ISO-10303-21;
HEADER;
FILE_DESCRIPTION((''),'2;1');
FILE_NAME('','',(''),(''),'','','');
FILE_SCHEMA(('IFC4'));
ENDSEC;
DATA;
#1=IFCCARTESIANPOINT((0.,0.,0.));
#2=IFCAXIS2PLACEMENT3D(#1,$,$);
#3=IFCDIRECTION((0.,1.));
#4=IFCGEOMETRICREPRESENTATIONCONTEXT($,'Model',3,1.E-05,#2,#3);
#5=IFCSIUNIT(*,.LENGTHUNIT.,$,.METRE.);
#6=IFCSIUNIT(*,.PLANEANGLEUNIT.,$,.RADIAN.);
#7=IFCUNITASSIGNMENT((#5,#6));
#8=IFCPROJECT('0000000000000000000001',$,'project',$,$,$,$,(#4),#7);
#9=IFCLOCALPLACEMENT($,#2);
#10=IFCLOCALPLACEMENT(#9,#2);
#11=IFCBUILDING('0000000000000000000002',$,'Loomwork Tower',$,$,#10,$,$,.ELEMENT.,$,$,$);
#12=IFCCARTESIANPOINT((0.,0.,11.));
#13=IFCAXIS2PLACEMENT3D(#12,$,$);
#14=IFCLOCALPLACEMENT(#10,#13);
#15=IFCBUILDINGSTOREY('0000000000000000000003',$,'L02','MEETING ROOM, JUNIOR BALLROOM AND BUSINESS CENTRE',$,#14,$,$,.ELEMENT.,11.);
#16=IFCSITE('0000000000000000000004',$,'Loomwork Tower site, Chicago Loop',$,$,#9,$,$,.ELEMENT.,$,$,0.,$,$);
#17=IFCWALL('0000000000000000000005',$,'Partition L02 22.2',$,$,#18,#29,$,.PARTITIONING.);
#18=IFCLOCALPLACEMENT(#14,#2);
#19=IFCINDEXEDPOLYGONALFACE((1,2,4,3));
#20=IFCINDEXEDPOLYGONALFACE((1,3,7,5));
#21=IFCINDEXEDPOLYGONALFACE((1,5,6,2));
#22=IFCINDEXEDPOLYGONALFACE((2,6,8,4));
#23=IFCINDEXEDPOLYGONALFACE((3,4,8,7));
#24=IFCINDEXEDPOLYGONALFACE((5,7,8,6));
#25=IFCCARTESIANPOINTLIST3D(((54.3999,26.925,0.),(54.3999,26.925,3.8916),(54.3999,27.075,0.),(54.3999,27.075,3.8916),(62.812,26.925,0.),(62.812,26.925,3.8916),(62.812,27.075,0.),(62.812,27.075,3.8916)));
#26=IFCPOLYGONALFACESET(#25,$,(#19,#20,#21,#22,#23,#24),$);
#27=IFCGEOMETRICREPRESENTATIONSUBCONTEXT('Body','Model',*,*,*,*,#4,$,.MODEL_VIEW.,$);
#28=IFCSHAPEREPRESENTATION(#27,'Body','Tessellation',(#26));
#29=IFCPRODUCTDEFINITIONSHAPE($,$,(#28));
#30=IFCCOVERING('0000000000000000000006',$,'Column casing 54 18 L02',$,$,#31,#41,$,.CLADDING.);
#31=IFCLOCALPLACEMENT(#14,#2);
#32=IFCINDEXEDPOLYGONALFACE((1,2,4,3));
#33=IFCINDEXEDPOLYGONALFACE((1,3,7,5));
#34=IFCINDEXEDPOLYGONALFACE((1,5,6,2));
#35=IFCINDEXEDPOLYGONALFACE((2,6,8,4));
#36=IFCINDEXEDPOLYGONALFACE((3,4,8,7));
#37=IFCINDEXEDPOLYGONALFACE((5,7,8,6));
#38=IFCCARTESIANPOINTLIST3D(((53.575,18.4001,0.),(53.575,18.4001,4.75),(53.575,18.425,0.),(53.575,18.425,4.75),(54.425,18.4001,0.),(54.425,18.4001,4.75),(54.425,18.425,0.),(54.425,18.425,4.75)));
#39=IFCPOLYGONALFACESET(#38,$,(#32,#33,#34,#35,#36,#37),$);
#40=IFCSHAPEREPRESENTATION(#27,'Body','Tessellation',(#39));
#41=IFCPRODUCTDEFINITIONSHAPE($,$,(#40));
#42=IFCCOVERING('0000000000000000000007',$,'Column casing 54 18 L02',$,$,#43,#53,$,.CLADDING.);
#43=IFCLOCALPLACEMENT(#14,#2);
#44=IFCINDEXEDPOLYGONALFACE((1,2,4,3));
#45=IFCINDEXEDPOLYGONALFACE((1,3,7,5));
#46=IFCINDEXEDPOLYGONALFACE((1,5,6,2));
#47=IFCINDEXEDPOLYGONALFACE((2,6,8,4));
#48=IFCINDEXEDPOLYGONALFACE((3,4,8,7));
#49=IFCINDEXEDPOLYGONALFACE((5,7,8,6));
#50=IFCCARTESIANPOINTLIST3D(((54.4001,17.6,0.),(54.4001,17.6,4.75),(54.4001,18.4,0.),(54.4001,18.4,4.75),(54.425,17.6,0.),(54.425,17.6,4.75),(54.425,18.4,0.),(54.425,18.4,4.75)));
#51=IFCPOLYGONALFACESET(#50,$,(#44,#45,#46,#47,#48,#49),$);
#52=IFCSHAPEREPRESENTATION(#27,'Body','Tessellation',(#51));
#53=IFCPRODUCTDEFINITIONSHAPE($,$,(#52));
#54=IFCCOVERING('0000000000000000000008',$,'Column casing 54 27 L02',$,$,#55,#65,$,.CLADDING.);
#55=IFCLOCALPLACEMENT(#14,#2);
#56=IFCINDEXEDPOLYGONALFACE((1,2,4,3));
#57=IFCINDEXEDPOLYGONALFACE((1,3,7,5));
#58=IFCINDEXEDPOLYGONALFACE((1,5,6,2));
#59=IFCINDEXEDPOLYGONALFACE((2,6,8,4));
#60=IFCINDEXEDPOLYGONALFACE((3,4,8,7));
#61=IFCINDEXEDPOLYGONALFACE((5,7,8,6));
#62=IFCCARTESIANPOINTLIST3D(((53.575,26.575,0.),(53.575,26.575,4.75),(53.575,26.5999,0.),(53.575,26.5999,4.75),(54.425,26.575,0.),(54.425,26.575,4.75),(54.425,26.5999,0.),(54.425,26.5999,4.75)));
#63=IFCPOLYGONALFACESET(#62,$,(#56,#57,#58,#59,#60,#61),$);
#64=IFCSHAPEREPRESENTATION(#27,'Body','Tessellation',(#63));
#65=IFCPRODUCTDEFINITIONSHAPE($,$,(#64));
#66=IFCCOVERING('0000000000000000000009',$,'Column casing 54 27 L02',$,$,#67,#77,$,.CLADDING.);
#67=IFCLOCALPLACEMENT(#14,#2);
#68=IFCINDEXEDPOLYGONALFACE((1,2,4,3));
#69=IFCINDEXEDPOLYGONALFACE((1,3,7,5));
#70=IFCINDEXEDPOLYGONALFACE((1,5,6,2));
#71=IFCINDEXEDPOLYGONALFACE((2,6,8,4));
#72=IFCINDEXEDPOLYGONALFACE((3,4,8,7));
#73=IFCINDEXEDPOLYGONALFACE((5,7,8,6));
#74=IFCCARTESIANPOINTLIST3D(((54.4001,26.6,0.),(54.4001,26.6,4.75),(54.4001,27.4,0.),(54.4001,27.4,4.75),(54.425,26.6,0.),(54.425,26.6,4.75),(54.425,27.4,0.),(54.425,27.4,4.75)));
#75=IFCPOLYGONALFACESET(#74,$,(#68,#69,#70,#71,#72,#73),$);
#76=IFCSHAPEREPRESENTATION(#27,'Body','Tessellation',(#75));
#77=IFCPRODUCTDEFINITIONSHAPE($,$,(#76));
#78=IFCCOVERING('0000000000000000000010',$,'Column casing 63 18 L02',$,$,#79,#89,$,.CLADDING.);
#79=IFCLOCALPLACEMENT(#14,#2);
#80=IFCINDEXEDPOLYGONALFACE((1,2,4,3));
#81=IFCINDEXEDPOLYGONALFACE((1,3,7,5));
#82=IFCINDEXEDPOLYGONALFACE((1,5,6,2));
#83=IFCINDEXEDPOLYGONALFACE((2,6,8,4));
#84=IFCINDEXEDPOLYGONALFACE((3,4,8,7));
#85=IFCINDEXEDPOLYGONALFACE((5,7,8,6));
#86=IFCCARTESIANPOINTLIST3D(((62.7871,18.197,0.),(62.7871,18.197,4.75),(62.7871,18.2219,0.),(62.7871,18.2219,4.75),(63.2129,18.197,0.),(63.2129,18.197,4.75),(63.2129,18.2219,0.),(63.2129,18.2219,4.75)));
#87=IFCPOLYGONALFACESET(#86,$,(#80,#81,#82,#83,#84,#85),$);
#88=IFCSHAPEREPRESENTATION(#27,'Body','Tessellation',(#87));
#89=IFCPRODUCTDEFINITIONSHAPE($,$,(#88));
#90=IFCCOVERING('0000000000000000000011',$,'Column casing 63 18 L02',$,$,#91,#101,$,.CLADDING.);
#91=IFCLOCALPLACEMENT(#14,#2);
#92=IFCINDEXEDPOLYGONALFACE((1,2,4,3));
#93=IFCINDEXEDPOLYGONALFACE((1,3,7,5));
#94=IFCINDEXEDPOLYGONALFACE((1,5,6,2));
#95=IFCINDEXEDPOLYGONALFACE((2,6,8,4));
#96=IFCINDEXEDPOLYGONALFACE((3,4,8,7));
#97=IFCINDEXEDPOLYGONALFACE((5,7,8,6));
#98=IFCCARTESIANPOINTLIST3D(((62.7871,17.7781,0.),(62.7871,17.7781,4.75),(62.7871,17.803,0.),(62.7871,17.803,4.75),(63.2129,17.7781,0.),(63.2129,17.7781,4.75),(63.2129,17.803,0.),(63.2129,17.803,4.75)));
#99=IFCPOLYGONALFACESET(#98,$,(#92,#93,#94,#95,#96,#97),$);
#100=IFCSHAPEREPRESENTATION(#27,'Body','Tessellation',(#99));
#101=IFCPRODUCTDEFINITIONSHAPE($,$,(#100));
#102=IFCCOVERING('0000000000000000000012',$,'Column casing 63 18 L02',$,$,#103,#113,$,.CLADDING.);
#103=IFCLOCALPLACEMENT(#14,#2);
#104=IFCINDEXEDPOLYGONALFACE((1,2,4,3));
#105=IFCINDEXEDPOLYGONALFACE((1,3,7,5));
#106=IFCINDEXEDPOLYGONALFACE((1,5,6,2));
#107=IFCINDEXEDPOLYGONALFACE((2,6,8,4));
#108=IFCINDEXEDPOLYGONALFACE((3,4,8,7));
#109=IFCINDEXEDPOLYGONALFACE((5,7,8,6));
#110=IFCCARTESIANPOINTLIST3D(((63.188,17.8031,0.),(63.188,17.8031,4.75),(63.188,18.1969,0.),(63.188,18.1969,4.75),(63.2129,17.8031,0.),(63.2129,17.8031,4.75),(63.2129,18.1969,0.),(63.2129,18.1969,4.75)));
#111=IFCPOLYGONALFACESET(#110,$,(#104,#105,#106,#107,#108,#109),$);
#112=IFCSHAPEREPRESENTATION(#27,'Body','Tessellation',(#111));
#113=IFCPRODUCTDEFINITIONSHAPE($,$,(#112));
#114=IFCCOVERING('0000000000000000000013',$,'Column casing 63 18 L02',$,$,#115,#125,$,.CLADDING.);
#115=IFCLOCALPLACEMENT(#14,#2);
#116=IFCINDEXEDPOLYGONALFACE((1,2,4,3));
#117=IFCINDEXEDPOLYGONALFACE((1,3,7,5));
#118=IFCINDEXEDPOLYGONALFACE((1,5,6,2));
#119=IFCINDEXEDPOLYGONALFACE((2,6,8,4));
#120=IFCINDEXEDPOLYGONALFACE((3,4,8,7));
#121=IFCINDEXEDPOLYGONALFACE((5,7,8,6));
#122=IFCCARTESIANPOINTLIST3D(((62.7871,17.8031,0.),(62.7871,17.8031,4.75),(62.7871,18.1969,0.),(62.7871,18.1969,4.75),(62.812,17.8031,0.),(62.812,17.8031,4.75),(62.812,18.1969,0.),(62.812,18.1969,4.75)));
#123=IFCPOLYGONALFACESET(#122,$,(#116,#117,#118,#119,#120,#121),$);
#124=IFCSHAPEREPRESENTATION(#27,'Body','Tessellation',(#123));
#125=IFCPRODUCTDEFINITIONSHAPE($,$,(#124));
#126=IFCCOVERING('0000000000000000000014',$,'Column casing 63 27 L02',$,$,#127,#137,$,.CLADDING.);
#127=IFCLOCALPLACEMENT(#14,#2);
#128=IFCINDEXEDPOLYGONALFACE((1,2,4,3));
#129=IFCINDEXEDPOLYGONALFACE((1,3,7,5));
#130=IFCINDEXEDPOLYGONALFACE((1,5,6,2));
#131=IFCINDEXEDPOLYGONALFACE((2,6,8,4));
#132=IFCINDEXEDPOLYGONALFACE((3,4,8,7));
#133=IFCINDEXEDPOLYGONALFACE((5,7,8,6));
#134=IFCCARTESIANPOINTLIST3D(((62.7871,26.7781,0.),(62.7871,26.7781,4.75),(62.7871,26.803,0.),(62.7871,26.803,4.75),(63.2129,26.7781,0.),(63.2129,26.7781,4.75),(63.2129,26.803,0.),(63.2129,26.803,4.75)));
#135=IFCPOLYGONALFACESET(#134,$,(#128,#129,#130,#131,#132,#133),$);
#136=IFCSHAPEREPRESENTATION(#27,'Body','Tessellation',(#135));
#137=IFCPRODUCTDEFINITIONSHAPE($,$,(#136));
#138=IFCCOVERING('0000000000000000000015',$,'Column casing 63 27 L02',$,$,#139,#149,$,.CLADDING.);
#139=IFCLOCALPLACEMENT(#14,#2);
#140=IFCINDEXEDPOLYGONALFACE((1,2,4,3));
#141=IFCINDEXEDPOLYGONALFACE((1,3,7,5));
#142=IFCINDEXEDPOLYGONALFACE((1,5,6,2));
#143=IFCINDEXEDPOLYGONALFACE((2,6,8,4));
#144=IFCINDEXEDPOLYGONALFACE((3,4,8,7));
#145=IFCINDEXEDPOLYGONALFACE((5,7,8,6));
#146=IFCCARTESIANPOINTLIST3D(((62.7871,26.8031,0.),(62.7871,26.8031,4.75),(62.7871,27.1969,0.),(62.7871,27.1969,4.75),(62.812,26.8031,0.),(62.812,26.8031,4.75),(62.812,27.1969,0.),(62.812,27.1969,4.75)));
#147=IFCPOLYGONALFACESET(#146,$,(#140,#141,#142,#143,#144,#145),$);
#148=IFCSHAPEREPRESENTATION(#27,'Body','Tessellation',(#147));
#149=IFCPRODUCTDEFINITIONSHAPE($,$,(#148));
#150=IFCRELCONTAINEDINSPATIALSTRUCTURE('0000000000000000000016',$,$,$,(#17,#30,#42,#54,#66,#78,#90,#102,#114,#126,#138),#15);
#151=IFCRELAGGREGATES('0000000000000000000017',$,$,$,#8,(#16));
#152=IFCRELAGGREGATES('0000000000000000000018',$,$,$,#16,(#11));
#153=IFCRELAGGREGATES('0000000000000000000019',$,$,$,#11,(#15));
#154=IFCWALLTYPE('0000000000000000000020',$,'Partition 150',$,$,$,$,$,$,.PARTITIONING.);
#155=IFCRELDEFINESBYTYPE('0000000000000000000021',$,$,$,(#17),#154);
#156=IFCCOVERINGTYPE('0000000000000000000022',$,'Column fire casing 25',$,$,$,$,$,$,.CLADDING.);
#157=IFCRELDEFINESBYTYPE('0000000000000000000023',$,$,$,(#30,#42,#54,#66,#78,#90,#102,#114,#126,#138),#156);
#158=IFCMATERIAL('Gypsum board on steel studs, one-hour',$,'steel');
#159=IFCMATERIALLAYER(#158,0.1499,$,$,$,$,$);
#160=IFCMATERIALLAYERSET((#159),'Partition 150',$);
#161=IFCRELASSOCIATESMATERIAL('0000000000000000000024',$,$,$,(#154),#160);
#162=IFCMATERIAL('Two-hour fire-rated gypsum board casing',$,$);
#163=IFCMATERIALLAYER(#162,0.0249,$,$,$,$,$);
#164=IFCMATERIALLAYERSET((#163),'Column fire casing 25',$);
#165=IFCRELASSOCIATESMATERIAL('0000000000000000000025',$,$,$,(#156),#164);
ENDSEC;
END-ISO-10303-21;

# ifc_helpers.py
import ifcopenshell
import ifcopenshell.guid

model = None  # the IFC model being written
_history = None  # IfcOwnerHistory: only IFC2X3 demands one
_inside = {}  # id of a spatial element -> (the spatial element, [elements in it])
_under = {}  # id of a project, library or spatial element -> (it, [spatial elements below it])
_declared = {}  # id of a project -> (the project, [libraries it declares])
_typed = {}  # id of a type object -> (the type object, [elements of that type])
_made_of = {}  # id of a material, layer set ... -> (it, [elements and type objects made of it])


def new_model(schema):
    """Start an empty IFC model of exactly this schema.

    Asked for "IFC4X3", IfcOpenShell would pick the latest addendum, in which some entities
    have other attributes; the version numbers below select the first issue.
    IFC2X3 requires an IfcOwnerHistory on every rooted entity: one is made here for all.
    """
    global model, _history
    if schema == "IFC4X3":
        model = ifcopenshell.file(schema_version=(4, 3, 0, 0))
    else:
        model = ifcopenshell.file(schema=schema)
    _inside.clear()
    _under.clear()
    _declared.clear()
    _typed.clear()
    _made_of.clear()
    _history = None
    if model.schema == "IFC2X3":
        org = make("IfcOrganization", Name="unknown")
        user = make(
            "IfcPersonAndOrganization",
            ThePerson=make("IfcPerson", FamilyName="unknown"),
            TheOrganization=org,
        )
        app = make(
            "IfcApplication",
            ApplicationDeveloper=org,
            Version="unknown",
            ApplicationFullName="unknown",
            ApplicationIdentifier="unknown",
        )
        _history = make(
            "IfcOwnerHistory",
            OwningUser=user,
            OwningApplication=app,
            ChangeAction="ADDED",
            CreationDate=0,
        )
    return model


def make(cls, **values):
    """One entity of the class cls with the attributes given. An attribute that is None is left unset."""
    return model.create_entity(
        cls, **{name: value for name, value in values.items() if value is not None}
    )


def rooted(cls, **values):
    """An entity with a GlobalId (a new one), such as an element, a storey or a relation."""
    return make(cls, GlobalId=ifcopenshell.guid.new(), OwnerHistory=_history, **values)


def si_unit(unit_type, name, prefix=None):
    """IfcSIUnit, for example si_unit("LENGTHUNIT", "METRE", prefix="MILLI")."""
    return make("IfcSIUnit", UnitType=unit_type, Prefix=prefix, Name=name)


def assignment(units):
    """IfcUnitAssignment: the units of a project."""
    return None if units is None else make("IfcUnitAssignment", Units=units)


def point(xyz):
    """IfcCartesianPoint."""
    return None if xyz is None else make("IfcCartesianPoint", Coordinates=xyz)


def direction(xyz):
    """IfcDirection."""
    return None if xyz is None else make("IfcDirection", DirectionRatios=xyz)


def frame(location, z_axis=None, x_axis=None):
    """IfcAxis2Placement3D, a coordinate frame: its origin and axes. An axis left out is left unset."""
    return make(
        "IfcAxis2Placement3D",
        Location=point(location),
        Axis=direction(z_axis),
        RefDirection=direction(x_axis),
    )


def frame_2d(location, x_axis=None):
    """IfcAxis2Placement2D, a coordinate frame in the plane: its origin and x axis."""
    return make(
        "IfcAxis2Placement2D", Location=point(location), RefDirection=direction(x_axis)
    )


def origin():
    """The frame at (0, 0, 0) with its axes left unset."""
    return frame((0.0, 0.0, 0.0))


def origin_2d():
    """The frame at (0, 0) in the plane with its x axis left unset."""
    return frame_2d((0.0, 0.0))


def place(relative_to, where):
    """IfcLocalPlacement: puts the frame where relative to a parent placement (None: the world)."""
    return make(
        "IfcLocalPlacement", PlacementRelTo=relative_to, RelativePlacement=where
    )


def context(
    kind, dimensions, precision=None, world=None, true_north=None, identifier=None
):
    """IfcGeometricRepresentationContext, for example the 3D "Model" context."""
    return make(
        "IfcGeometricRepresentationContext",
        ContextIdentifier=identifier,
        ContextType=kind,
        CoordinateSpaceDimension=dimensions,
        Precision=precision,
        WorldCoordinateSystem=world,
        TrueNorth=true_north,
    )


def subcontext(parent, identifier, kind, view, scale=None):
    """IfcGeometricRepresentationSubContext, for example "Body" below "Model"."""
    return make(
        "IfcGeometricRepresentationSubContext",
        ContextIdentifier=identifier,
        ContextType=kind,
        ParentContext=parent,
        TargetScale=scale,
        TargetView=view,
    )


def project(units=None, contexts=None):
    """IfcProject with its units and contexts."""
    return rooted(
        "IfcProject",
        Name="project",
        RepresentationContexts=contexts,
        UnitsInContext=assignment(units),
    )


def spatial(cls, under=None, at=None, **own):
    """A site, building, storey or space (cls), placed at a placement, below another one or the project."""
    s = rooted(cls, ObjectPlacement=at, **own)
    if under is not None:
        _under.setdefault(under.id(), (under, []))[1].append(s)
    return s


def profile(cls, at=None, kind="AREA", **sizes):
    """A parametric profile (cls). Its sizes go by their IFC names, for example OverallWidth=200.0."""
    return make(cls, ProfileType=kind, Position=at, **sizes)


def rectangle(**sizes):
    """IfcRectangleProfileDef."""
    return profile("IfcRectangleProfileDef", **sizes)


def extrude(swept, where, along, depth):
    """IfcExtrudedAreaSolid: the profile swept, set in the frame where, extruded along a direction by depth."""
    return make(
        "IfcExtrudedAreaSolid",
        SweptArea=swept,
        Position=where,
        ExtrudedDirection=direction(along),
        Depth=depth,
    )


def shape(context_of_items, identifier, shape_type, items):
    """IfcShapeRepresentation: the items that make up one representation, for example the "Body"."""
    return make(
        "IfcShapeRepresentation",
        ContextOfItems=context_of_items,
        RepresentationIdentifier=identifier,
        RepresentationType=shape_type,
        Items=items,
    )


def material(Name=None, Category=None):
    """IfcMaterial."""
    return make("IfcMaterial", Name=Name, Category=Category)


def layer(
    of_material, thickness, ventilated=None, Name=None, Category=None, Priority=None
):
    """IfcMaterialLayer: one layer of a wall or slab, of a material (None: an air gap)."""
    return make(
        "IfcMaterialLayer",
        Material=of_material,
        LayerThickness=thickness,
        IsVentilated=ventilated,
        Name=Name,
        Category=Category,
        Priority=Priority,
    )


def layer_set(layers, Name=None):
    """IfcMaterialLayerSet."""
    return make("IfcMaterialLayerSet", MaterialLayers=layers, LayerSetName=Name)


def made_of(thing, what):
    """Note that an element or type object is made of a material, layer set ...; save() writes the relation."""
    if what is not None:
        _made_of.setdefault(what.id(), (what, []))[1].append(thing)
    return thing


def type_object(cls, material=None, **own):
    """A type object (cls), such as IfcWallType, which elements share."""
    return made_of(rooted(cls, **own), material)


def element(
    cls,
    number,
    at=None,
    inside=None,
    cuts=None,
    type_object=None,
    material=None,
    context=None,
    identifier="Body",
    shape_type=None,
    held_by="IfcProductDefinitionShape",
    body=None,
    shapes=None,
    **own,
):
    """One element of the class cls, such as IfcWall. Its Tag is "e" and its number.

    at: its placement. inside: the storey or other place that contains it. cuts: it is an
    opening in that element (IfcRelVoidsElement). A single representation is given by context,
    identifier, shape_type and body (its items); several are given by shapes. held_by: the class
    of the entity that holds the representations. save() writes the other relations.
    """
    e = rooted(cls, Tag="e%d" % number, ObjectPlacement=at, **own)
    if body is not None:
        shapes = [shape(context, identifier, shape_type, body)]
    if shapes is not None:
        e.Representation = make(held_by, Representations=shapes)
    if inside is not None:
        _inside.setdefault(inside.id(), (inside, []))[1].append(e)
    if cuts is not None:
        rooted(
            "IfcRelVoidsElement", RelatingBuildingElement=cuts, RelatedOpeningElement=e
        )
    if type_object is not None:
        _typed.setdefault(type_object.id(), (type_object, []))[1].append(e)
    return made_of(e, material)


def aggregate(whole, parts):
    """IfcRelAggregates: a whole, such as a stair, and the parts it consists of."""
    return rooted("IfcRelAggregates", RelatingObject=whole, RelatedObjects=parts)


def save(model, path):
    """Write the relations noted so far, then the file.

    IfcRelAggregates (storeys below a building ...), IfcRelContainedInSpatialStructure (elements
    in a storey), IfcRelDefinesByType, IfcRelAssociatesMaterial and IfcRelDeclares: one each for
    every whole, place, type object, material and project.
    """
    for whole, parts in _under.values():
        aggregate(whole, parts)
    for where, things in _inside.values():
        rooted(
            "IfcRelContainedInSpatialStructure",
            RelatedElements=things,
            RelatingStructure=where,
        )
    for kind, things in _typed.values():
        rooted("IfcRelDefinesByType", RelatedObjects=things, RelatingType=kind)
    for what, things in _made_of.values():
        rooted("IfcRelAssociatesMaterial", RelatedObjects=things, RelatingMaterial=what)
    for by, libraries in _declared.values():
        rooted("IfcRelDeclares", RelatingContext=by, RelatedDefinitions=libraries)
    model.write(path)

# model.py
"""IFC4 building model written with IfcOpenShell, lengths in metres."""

from ifc_helpers import new_model, si_unit, direction, frame, frame_2d, origin, origin_2d, place, context, subcontext, project, spatial, rectangle, extrude, material, layer, layer_set, type_object, element, save


model = new_model("IFC4")

# Units and contexts
model_context = context("Model", 3, precision=1e-05, world=origin(), true_north=direction((0.0, 1.0)))
body_context = subcontext(model_context, "Body", "Model", "MODEL_VIEW")
ifc_project = project(units=[si_unit("LENGTHUNIT", "METRE"), si_unit("PLANEANGLEUNIT", "RADIAN")], contexts=[model_context])

# Site, building, storey
site_placement = place(None, origin())
site = spatial("IfcSite", under=ifc_project, at=site_placement, Name="Loomwork Tower site, Chicago Loop", CompositionType="ELEMENT", RefElevation=0.0)
building_placement = place(site_placement, origin())
building = spatial("IfcBuilding", under=site, at=building_placement, Name="Loomwork Tower", CompositionType="ELEMENT")
storey_placement = place(building_placement, frame((0.0, 0.0, 11.0)))
storey = spatial("IfcBuildingStorey", under=building, at=storey_placement, Name="L02", Description="MEETING ROOM, JUNIOR BALLROOM AND BUSINESS CENTRE", CompositionType="ELEMENT", Elevation=11.0)

# Wall
ifc_material_1 = material(Name="Gypsum board on steel studs, one-hour", Category="steel")
ifc_layer_1 = layer(ifc_material_1, 0.1499)
ifc_layer_set_1 = layer_set([ifc_layer_1], Name="Partition 150")
wall_type = type_object("IfcWallType", Name="Partition 150", PredefinedType="PARTITIONING", material=ifc_layer_set_1)
for number, where, z_axis, x_axis, name in (
    (1, (54.3999, 27.0, 0.0), (0.0, 0.0, 1.0), (1.0, 0.0, 0.0), "Partition L02 22.2"),
):
    element("IfcWall", number, at=place(storey_placement, frame(where, z_axis=z_axis, x_axis=x_axis)), inside=storey, type_object=wall_type, Name=name, PredefinedType="PARTITIONING", context=body_context, shape_type="SweptSolid", body=[
        extrude(rectangle(XDim=8.4121, YDim=0.1499, at=frame_2d((4.2061, 0.0))), origin(), (0.0, 0.0, 1.0), 3.8916),
    ])

# Coverings
ifc_material_2 = material(Name="Two-hour fire-rated gypsum board casing")
ifc_layer_2 = layer(ifc_material_2, 0.0249)
ifc_layer_set_2 = layer_set([ifc_layer_2], Name="Column fire casing 25")
covering_type = type_object("IfcCoveringType", Name="Column fire casing 25", PredefinedType="CLADDING", material=ifc_layer_set_2)
covering_1_placement = place(storey_placement, frame((54.0, 18.4126, 0.0), z_axis=(0.0, 0.0, 1.0), x_axis=(1.0, 0.0, 0.0)))
element("IfcCovering", 2, at=covering_1_placement, inside=storey, type_object=covering_type, Name="Column casing 54 18 L02", PredefinedType="CLADDING", context=body_context, shape_type="SweptSolid", body=[
    extrude(rectangle(XDim=0.8501, YDim=0.0249, at=origin_2d()), origin(), (0.0, 0.0, 1.0), 4.75),
])
covering_2_placement = place(storey_placement, frame((54.4126, 18.0, 0.0), z_axis=(0.0, 0.0, 1.0), x_axis=(1.0, 0.0, 0.0)))
element("IfcCovering", 3, at=covering_2_placement, inside=storey, type_object=covering_type, Name="Column casing 54 18 L02", PredefinedType="CLADDING", context=body_context, shape_type="SweptSolid", body=[
    extrude(rectangle(XDim=0.0249, YDim=0.8, at=origin_2d()), origin(), (0.0, 0.0, 1.0), 4.75),
])
covering_3_placement = place(storey_placement, frame((54.0, 26.5874, 0.0), z_axis=(0.0, 0.0, 1.0), x_axis=(1.0, 0.0, 0.0)))
element("IfcCovering", 4, at=covering_3_placement, inside=storey, type_object=covering_type, Name="Column casing 54 27 L02", PredefinedType="CLADDING", context=body_context, shape_type="SweptSolid", body=[
    extrude(rectangle(XDim=0.8501, YDim=0.0249, at=origin_2d()), origin(), (0.0, 0.0, 1.0), 4.75),
])
covering_4_placement = place(storey_placement, frame((54.4126, 27.0, 0.0), z_axis=(0.0, 0.0, 1.0), x_axis=(1.0, 0.0, 0.0)))
element("IfcCovering", 5, at=covering_4_placement, inside=storey, type_object=covering_type, Name="Column casing 54 27 L02", PredefinedType="CLADDING", context=body_context, shape_type="SweptSolid", body=[
    extrude(rectangle(XDim=0.0249, YDim=0.8, at=origin_2d()), origin(), (0.0, 0.0, 1.0), 4.75),
])
for number, where, z_axis, x_axis, name in (
    (6, (63.0, 18.2095, 0.0), (0.0, 0.0, 1.0), (1.0, 0.0, 0.0), "Column casing 63 18 L02"),
    (7, (63.0, 17.7905, 0.0), (0.0, 0.0, 1.0), (1.0, 0.0, 0.0), "Column casing 63 18 L02"),
):
    element("IfcCovering", number, at=place(storey_placement, frame(where, z_axis=z_axis, x_axis=x_axis)), inside=storey, type_object=covering_type, Name=name, PredefinedType="CLADDING", context=body_context, shape_type="SweptSolid", body=[
        extrude(rectangle(XDim=0.4258, YDim=0.0249, at=origin_2d()), origin(), (0.0, 0.0, 1.0), 4.75),
    ])
for number, where, z_axis, x_axis, name in (
    (8, (63.2004, 18.0, 0.0), (0.0, 0.0, 1.0), (1.0, 0.0, 0.0), "Column casing 63 18 L02"),
    (9, (62.7996, 18.0, 0.0), (0.0, 0.0, 1.0), (1.0, 0.0, 0.0), "Column casing 63 18 L02"),
):
    element("IfcCovering", number, at=place(storey_placement, frame(where, z_axis=z_axis, x_axis=x_axis)), inside=storey, type_object=covering_type, Name=name, PredefinedType="CLADDING", context=body_context, shape_type="SweptSolid", body=[
        extrude(rectangle(XDim=0.0249, YDim=0.3938, at=origin_2d()), origin(), (0.0, 0.0, 1.0), 4.75),
    ])
covering_5_placement = place(storey_placement, frame((63.0, 26.7905, 0.0), z_axis=(0.0, 0.0, 1.0), x_axis=(1.0, 0.0, 0.0)))
element("IfcCovering", 10, at=covering_5_placement, inside=storey, type_object=covering_type, Name="Column casing 63 27 L02", PredefinedType="CLADDING", context=body_context, shape_type="SweptSolid", body=[
    extrude(rectangle(XDim=0.4258, YDim=0.0249, at=origin_2d()), origin(), (0.0, 0.0, 1.0), 4.75),
])
covering_6_placement = place(storey_placement, frame((62.7996, 27.0, 0.0), z_axis=(0.0, 0.0, 1.0), x_axis=(1.0, 0.0, 0.0)))
element("IfcCovering", 11, at=covering_6_placement, inside=storey, type_object=covering_type, Name="Column casing 63 27 L02", PredefinedType="CLADDING", context=body_context, shape_type="SweptSolid", body=[
    extrude(rectangle(XDim=0.0249, YDim=0.3938, at=origin_2d()), origin(), (0.0, 0.0, 1.0), 4.75),
])

save(model, "model.ifc")
